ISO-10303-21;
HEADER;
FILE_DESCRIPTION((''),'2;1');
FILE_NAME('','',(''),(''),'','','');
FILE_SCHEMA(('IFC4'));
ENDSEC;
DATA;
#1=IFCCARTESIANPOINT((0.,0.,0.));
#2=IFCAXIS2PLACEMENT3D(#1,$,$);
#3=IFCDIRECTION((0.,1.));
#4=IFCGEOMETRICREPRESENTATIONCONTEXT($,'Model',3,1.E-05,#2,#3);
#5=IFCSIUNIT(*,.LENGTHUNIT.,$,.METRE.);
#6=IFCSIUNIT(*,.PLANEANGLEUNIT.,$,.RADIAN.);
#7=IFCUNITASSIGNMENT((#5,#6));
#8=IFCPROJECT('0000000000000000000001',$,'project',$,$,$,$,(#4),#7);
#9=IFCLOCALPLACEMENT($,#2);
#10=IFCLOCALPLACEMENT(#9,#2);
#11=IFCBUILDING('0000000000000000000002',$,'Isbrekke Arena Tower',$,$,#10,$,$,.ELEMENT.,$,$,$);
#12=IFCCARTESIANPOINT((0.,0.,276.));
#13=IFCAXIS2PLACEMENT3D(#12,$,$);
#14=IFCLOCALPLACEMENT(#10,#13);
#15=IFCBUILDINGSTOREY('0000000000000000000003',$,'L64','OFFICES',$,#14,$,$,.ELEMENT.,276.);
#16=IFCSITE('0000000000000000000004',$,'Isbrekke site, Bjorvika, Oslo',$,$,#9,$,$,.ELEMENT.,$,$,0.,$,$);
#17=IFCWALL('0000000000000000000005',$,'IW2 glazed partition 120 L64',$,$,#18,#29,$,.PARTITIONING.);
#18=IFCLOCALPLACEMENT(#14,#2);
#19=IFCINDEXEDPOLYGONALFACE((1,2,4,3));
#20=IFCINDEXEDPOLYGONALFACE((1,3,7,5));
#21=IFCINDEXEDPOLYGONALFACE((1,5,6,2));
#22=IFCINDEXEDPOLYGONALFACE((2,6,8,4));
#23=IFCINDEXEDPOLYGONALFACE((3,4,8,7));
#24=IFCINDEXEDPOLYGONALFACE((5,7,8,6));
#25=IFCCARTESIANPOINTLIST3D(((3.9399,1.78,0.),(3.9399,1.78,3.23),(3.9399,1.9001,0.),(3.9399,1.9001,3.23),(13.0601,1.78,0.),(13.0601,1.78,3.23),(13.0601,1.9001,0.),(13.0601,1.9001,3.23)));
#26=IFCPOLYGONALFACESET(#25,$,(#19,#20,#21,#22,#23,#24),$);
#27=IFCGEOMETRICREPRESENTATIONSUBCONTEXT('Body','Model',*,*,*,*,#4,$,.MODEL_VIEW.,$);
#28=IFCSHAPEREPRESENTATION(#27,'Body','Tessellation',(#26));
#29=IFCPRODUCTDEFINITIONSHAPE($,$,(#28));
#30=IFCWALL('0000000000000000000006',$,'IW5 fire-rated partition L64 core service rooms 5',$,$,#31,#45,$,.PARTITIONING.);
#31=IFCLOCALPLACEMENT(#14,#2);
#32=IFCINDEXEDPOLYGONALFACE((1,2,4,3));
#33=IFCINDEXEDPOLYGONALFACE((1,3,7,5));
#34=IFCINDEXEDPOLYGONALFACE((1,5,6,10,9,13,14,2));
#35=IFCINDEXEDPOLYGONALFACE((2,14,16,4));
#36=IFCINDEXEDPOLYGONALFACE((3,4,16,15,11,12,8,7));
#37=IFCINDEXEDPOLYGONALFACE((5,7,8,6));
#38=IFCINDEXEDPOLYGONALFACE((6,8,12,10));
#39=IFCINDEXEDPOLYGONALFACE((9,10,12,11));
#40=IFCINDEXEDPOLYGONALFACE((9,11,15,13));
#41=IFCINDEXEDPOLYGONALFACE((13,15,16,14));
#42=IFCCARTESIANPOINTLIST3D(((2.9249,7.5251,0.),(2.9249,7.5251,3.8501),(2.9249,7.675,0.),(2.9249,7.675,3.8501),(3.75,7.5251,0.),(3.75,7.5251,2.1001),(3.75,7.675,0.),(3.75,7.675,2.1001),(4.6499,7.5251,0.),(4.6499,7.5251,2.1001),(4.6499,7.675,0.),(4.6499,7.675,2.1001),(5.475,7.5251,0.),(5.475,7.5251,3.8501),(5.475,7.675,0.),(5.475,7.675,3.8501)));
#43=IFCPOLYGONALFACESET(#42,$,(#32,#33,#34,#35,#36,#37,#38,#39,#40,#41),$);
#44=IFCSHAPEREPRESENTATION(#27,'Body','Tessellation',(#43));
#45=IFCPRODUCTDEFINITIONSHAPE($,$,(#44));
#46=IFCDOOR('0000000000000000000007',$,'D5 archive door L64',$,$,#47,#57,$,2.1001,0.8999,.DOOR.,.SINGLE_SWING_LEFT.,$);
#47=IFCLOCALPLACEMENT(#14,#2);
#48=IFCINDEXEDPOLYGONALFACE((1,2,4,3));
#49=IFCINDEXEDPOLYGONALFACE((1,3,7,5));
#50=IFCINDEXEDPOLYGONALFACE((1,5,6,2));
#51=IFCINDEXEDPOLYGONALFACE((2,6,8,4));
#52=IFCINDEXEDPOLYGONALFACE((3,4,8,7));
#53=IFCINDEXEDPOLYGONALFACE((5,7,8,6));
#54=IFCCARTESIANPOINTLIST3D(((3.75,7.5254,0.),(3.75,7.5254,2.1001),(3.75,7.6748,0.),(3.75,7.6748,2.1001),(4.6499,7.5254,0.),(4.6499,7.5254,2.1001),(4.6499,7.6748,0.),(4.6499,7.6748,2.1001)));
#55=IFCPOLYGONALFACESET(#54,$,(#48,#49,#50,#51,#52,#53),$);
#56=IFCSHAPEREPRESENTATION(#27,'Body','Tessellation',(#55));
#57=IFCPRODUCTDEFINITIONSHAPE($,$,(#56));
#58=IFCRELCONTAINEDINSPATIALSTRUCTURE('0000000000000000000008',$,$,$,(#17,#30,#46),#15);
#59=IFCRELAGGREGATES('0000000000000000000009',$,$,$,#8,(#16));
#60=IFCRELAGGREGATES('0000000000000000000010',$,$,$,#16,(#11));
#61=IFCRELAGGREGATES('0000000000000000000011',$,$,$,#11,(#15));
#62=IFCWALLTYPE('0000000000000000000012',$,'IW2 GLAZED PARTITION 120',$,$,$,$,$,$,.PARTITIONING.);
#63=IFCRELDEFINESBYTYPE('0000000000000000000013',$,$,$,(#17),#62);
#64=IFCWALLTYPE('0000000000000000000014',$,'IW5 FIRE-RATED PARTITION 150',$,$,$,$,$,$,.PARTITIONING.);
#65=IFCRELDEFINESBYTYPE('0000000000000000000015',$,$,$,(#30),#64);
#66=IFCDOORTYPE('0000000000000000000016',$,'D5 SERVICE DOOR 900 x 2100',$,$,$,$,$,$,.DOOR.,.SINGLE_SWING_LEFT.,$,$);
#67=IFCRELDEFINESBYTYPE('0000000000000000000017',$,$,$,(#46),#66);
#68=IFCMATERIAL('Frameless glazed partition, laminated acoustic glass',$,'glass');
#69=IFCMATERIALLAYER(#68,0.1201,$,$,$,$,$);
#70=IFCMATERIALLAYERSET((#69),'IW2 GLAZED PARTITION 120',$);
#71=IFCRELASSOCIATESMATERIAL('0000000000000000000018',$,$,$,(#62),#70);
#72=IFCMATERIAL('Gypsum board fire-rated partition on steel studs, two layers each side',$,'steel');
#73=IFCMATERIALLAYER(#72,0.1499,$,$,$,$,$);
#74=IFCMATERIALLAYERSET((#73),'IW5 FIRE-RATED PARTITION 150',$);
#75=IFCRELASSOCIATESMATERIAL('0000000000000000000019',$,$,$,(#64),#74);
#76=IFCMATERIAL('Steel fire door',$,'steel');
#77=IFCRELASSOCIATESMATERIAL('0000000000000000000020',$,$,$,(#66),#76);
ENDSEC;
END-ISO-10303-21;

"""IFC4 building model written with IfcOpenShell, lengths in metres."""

from ifc_helpers import new_model, si_unit, direction, frame, frame_2d, origin, place, context, subcontext, project, spatial, rectangle, extrude, material, layer, layer_set, type_object, element, fill, save


model = new_model("IFC4")

# Units and contexts
model_context = context("Model", 3, precision=1e-05, world=origin(), true_north=direction((0.0, 1.0)))
body_context = subcontext(model_context, "Body", "Model", "MODEL_VIEW")
ifc_project = project(units=[si_unit("LENGTHUNIT", "METRE"), si_unit("PLANEANGLEUNIT", "RADIAN")], contexts=[model_context])

# Site, building, storey
site_placement = place(None, origin())
site = spatial("IfcSite", under=ifc_project, at=site_placement, Name="Isbrekke site, Bjorvika, Oslo", CompositionType="ELEMENT", RefElevation=0.0)
building_placement = place(site_placement, origin())
building = spatial("IfcBuilding", under=site, at=building_placement, Name="Isbrekke Arena Tower", CompositionType="ELEMENT")
storey_placement = place(building_placement, frame((0.0, 0.0, 276.0)))
storey = spatial("IfcBuildingStorey", under=building, at=storey_placement, Name="L64", Description="OFFICES", CompositionType="ELEMENT", Elevation=276.0)

# Shared definitions
ifc_material_1 = material(Name="Frameless glazed partition, laminated acoustic glass", Category="glass")
ifc_layer_1 = layer(ifc_material_1, 0.1201)
ifc_layer_set_1 = layer_set([ifc_layer_1], Name="IW2 GLAZED PARTITION 120")
wall_type_1 = type_object("IfcWallType", Name="IW2 GLAZED PARTITION 120", PredefinedType="PARTITIONING", material=ifc_layer_set_1)

# Wall
wall_1_placement = place(storey_placement, frame((3.9399, 1.8401, 0.0), z_axis=(0.0, 0.0, 1.0), x_axis=(1.0, 0.0, 0.0)))
element("IfcWall", 1, at=wall_1_placement, inside=storey, type_object=wall_type_1, Name="IW2 glazed partition 120 L64", PredefinedType="PARTITIONING", context=body_context, shape_type="SweptSolid", body=[
    extrude(rectangle(XDim=9.1201, YDim=0.1201, at=frame_2d((4.5601, 0.0))), origin(), (0.0, 0.0, 1.0), 3.23),
])

# Wall, opening, door
ifc_material_2 = material(Name="Gypsum board fire-rated partition on steel studs, two layers each side", Category="steel")
ifc_layer_2 = layer(ifc_material_2, 0.1499)
ifc_layer_set_2 = layer_set([ifc_layer_2], Name="IW5 FIRE-RATED PARTITION 150")
wall_type_2 = type_object("IfcWallType", Name="IW5 FIRE-RATED PARTITION 150", PredefinedType="PARTITIONING", material=ifc_layer_set_2)
wall_2_placement = place(storey_placement, frame((2.925, 7.6001, 0.0), z_axis=(0.0, 0.0, 1.0), x_axis=(1.0, 0.0, 0.0)))
wall_2 = element("IfcWall", 2, at=wall_2_placement, inside=storey, type_object=wall_type_2, Name="IW5 fire-rated partition L64 core service rooms 5", PredefinedType="PARTITIONING", context=body_context, shape_type="SweptSolid", body=[
    extrude(rectangle(XDim=2.55, YDim=0.1499, at=frame_2d((1.2749, 0.0))), origin(), (0.0, 0.0, 1.0), 3.8501),
])
opening_1_placement = place(wall_2_placement, frame((0.825, 0.0, 0.0)))
opening_1 = element("IfcOpeningElement", 3, at=opening_1_placement, cuts=wall_2, PredefinedType="OPENING", context=body_context, shape_type="SweptSolid", body=[
    extrude(rectangle(XDim=0.8999, YDim=2.1001, at=frame_2d((0.45, 1.05))), frame((0.0, 0.0898, 0.0), z_axis=(0.0, -1.0, 0.0), x_axis=(1.0, 0.0, 0.0)), (0.0, 0.0, 1.0), 0.1797),
])
ifc_material_3 = material(Name="Steel fire door", Category="steel")
door_type_1 = type_object("IfcDoorType", Name="D5 SERVICE DOOR 900 x 2100", OperationType="SINGLE_SWING_LEFT", PredefinedType="DOOR", material=ifc_material_3)
door_1_placement = place(opening_1_placement, origin())
door_1 = element("IfcDoor", 4, at=door_1_placement, inside=storey, type_object=door_type_1, Name="D5 archive door L64", OperationType="SINGLE_SWING_LEFT", OverallHeight=2.1001, OverallWidth=0.8999, PredefinedType="DOOR", context=body_context, shape_type="SweptSolid", body=[
    extrude(rectangle(XDim=0.8999, YDim=2.1001, at=frame_2d((0.45, 1.05))), frame((0.0, 0.0747, 0.0), z_axis=(0.0, -1.0, 0.0), x_axis=(1.0, 0.0, 0.0)), (0.0, 0.0, 1.0), 0.1494),
])
fill(opening_1, door_1)

save(model, "model.ifc")
